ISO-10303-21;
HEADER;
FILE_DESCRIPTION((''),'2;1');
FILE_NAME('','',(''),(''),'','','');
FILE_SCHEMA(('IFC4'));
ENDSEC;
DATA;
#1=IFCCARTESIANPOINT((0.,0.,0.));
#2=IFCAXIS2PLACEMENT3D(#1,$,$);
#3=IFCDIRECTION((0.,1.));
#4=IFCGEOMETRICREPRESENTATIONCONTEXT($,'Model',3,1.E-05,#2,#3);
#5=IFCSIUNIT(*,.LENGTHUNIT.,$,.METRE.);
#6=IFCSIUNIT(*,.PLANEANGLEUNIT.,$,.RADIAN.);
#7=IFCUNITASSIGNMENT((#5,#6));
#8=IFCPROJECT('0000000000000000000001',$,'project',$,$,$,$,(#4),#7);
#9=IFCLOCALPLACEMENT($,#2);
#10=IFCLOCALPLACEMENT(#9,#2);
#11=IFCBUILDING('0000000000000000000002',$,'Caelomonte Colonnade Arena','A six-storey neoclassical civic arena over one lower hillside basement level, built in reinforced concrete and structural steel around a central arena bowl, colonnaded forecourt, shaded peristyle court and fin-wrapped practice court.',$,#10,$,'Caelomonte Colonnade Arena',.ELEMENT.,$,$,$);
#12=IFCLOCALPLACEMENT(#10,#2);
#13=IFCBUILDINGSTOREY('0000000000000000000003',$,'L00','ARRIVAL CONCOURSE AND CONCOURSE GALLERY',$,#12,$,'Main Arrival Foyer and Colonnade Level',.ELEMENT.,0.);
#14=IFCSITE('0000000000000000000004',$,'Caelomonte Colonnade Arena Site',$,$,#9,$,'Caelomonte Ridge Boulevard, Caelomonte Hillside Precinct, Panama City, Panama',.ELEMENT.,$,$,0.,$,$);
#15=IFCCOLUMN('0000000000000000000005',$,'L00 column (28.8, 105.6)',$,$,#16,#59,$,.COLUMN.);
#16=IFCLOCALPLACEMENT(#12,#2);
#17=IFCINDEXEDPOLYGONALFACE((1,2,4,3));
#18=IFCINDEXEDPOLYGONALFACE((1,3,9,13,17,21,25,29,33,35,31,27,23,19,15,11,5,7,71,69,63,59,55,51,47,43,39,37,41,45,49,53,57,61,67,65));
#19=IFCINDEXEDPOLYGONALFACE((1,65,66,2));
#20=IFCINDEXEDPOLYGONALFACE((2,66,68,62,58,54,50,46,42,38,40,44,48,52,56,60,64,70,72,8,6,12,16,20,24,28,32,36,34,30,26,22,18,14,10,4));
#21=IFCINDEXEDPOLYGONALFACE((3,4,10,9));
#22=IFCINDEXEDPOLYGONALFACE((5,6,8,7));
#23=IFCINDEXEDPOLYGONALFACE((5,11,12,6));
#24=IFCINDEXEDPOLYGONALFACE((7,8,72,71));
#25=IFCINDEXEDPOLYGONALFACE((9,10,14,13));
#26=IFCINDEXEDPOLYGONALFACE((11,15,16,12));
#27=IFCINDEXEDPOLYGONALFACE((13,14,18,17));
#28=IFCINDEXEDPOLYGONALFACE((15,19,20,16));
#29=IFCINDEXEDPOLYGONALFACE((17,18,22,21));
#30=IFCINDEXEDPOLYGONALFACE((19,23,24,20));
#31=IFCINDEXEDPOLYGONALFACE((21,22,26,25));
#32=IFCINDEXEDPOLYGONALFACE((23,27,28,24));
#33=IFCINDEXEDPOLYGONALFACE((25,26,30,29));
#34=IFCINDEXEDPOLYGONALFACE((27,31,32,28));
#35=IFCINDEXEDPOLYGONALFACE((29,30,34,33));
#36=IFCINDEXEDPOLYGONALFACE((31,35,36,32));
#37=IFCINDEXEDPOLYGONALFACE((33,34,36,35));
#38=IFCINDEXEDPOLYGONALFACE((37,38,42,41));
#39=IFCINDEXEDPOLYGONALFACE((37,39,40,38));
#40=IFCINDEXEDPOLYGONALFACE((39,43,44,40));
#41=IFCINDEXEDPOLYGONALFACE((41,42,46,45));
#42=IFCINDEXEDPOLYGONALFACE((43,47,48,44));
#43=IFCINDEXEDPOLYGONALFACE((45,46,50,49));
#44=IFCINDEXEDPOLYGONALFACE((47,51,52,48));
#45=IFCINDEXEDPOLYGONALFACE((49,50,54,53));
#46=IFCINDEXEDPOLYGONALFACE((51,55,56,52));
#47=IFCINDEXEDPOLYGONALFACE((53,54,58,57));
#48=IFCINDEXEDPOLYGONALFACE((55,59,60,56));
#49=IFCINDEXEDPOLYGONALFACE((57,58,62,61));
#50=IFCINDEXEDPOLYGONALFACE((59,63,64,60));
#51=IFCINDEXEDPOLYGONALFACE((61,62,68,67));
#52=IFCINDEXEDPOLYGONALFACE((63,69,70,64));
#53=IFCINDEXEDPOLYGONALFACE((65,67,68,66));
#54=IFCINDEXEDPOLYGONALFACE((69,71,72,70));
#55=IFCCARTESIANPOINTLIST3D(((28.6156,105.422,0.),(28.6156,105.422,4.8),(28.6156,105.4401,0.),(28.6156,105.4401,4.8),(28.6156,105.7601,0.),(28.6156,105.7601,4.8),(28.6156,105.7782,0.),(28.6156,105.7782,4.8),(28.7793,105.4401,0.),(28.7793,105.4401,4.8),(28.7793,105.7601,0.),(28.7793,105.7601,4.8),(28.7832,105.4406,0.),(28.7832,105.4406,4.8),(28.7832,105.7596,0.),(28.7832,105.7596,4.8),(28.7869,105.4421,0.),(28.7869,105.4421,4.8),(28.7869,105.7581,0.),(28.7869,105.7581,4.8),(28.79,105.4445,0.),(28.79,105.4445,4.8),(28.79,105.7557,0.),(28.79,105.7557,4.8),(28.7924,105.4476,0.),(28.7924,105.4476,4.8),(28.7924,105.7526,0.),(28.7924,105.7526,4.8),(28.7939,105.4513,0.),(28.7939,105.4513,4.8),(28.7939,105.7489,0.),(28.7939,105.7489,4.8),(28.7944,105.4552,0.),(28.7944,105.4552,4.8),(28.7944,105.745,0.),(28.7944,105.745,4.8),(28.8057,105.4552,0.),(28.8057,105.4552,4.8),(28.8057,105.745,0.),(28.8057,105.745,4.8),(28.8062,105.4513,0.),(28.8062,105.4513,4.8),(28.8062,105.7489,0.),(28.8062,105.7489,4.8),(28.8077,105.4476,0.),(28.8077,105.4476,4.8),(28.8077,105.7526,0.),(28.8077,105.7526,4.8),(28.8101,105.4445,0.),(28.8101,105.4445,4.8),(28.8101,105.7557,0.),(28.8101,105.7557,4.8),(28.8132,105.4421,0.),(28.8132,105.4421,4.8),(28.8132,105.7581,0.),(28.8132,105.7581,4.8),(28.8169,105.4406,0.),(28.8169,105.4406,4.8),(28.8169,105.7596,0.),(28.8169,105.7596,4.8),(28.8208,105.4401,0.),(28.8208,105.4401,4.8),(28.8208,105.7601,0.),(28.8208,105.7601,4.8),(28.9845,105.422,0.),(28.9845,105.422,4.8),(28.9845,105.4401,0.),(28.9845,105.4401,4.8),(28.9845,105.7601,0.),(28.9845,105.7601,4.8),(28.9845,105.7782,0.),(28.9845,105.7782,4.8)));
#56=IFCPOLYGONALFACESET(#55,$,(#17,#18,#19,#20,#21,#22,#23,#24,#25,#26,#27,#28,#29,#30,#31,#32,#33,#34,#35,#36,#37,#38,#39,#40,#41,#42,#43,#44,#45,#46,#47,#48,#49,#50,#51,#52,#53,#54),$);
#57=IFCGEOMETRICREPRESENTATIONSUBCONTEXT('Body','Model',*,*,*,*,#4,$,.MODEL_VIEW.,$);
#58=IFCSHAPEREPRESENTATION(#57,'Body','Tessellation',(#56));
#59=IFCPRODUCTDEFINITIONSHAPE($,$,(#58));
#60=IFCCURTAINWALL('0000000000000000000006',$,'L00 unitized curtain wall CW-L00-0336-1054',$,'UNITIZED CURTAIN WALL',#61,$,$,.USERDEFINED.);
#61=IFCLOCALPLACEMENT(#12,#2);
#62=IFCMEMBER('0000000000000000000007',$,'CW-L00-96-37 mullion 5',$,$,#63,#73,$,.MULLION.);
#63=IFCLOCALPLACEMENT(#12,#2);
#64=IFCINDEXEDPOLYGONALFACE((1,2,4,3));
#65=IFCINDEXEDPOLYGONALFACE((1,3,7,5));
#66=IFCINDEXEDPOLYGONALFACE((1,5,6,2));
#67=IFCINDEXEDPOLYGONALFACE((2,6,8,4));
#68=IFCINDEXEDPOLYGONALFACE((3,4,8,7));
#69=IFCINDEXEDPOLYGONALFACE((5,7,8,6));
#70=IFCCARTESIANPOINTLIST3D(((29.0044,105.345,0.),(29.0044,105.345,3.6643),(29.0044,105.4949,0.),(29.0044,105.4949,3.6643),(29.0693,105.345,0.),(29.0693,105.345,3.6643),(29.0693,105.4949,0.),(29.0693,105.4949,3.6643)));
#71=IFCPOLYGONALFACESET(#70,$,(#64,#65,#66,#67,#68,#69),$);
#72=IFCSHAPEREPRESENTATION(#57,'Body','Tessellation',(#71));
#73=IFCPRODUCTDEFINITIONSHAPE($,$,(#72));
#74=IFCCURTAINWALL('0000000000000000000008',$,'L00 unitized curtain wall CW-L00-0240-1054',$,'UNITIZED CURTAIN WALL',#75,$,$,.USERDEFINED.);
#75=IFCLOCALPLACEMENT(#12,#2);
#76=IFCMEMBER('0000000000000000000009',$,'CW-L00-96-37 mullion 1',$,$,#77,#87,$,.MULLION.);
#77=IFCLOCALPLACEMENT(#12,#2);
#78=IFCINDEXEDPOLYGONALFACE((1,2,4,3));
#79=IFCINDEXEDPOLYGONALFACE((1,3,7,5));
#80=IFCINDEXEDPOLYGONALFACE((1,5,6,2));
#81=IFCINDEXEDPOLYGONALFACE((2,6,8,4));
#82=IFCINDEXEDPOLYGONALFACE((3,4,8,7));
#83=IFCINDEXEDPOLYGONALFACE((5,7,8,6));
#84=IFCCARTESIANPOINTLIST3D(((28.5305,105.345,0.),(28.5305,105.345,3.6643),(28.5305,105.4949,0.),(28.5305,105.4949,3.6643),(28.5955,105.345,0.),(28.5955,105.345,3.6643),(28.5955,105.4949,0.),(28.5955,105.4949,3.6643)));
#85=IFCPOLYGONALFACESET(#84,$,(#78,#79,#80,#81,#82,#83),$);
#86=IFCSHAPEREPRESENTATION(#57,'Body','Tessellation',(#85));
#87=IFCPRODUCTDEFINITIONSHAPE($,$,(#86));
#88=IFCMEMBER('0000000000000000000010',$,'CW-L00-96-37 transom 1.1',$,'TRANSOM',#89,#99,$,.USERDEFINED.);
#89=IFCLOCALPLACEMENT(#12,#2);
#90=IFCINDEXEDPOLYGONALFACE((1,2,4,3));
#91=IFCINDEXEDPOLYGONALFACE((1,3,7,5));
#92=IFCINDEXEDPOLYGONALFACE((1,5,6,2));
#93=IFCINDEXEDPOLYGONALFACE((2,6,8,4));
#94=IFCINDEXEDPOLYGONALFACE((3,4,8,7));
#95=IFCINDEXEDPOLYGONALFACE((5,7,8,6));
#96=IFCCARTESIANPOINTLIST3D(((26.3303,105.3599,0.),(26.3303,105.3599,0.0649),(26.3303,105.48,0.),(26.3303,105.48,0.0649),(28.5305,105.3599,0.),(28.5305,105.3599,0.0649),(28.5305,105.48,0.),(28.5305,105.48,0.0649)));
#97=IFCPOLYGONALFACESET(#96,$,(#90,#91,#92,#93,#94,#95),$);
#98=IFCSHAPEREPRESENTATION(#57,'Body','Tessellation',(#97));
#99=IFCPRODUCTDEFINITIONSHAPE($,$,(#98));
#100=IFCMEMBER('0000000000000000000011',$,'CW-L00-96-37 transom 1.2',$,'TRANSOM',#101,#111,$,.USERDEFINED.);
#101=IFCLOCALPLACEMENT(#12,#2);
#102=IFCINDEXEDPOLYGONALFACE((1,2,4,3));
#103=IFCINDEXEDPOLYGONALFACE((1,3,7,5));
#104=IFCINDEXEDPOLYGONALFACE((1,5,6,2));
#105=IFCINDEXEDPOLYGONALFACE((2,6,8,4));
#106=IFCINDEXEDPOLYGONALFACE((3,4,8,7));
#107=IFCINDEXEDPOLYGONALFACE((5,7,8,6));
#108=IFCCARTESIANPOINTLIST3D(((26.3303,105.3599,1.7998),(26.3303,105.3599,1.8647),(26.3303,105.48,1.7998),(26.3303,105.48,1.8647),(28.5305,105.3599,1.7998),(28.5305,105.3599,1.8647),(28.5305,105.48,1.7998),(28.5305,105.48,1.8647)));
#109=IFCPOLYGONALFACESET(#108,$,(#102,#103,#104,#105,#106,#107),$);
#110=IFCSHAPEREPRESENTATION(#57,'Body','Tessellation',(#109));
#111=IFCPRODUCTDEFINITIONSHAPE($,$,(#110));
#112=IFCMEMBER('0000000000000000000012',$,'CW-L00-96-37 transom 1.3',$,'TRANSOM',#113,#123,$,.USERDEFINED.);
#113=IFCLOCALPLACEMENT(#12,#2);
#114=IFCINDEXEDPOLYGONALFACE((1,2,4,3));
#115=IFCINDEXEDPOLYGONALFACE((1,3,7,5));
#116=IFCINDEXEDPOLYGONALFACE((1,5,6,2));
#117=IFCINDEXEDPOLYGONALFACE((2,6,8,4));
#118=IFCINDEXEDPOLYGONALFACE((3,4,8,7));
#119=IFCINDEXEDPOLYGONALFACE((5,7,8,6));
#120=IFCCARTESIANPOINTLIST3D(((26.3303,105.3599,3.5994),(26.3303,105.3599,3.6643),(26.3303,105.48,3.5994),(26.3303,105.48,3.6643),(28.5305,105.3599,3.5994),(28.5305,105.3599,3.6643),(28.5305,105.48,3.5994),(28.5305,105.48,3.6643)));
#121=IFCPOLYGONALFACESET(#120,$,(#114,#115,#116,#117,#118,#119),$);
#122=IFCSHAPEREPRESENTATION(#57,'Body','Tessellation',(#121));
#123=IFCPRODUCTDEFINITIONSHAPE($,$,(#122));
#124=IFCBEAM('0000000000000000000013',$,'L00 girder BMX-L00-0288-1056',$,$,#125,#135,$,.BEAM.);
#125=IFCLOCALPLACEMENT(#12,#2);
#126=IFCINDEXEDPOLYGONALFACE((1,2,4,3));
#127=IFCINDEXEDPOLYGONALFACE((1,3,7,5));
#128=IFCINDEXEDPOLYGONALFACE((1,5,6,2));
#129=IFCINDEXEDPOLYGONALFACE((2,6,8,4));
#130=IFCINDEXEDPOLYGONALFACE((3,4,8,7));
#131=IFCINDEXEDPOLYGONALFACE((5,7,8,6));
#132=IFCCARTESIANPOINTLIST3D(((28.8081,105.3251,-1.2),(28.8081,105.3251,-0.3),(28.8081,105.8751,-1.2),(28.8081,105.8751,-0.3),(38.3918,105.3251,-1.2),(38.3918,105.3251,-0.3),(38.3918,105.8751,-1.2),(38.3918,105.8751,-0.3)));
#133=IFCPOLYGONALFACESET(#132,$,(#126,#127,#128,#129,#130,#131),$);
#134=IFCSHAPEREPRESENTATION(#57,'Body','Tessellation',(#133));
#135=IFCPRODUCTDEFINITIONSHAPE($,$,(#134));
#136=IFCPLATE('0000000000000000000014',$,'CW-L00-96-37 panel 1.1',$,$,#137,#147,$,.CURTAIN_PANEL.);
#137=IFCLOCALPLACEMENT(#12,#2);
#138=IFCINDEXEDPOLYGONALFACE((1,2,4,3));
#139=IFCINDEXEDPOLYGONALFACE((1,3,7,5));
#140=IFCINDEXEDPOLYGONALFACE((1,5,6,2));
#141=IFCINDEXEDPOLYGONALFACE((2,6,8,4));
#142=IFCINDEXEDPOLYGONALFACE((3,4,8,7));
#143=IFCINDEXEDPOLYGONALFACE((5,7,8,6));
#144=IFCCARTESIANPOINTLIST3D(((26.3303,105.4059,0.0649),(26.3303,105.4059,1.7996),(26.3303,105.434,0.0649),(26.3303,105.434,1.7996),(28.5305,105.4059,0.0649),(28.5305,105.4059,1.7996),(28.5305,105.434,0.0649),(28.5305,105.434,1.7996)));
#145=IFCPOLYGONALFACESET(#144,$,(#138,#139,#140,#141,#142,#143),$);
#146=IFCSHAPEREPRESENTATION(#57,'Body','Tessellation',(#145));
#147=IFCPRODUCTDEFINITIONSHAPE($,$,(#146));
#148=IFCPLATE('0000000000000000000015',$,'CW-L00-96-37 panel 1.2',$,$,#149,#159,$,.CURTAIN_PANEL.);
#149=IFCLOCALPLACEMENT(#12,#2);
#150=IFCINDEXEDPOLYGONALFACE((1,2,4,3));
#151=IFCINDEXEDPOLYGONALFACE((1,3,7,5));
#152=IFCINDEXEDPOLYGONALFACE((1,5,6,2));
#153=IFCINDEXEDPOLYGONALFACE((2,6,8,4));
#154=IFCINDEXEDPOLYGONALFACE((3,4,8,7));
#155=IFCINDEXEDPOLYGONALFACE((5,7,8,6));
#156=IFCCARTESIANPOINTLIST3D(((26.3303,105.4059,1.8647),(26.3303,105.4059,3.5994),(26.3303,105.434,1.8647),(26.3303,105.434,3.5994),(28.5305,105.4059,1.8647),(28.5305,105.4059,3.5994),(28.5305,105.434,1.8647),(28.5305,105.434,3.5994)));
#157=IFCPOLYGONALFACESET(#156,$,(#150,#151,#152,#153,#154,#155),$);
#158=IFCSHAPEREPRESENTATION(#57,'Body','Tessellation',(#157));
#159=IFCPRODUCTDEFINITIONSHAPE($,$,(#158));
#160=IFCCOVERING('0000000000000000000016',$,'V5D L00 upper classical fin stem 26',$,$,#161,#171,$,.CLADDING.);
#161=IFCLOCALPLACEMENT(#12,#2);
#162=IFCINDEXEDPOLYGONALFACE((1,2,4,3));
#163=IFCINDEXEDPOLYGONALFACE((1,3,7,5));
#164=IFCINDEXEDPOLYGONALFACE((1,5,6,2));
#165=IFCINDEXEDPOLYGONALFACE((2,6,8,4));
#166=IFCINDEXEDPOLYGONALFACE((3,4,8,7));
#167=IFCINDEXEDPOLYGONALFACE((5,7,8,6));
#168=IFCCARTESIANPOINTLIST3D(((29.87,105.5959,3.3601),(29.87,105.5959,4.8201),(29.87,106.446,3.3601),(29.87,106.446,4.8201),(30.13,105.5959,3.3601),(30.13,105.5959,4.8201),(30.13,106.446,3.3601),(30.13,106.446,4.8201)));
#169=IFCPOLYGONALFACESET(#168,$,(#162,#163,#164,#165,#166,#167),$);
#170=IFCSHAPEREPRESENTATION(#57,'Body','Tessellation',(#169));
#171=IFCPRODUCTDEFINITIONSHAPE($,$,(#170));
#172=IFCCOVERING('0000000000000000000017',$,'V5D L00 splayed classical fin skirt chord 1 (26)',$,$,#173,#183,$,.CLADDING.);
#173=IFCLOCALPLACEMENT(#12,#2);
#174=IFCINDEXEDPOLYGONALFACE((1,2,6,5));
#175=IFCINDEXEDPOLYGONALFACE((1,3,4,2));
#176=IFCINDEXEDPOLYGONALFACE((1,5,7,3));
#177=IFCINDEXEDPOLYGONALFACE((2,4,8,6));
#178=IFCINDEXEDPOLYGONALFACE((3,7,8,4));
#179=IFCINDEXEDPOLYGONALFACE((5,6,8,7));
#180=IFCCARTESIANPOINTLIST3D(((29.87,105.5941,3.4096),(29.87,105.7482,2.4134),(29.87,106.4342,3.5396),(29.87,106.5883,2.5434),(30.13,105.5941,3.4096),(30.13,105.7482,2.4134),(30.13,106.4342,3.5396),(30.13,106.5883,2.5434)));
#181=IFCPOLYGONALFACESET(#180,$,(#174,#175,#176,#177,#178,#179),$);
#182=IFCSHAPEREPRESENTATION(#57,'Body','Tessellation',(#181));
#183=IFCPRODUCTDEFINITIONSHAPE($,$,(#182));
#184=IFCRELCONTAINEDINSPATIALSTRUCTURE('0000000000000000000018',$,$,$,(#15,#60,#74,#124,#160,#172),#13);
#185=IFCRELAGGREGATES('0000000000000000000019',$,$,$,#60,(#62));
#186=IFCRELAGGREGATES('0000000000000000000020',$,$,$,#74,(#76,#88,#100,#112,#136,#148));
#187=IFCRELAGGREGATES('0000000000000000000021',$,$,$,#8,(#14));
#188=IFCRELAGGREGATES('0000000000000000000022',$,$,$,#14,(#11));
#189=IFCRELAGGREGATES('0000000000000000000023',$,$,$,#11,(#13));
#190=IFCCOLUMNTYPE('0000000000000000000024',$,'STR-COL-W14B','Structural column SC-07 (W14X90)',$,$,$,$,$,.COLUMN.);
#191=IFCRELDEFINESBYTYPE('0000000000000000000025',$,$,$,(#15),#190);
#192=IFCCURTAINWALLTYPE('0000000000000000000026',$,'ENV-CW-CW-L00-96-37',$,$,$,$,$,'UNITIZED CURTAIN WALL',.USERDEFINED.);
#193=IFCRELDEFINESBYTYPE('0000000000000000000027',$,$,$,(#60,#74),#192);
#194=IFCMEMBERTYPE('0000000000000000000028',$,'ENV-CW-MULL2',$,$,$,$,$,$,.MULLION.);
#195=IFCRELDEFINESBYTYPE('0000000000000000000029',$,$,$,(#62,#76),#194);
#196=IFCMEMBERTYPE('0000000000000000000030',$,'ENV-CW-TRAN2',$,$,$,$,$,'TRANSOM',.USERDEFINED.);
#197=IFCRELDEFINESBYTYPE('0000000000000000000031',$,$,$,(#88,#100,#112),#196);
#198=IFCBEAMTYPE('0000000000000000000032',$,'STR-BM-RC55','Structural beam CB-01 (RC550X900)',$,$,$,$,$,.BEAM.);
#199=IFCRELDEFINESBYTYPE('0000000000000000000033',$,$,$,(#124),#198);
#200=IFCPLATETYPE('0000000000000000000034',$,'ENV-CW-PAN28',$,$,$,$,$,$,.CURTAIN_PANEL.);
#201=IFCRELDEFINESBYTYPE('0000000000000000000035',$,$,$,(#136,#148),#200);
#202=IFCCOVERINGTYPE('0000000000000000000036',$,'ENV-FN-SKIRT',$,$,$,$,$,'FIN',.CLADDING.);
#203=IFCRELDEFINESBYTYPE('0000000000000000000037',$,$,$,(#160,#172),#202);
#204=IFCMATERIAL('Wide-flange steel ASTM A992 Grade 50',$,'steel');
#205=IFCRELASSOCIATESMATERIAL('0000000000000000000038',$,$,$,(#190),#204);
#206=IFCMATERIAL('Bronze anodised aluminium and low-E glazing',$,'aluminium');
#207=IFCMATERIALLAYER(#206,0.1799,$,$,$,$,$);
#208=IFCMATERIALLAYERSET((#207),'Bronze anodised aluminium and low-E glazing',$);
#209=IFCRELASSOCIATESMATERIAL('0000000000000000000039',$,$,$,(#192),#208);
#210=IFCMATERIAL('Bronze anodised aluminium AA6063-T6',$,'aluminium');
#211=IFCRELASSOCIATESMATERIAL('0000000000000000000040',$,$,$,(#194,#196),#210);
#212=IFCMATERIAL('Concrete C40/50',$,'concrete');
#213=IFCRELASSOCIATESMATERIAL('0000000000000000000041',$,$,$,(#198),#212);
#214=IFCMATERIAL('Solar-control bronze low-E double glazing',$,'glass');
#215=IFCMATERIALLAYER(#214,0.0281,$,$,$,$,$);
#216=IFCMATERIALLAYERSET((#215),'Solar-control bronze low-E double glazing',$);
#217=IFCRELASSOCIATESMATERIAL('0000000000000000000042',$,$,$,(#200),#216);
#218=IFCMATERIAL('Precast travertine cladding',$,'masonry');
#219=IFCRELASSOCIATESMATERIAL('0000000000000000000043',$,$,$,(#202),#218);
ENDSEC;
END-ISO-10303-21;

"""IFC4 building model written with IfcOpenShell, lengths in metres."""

from ifc_helpers import new_model, si_unit, direction, frame, origin, origin_2d, place, context, subcontext, project, spatial, rectangle, i_section, extrude, material, layer, layer_set, material_profile, profile_set, type_object, element, aggregate, save


model = new_model("IFC4")

# Units and contexts
model_context = context("Model", 3, precision=1e-05, world=origin(), true_north=direction((0.0, 1.0)))
body_context = subcontext(model_context, "Body", "Model", "MODEL_VIEW")
ifc_project = project(units=[si_unit("LENGTHUNIT", "METRE"), si_unit("PLANEANGLEUNIT", "RADIAN")], contexts=[model_context])

# Site, building, storey
site_placement = place(None, origin())
site = spatial("IfcSite", under=ifc_project, at=site_placement, Name="Caelomonte Colonnade Arena Site", LongName="Caelomonte Ridge Boulevard, Caelomonte Hillside Precinct, Panama City, Panama", CompositionType="ELEMENT", RefElevation=0.0)
building_placement = place(site_placement, origin())
building = spatial("IfcBuilding", under=site, at=building_placement, Name="Caelomonte Colonnade Arena", Description="A six-storey neoclassical civic arena over one lower hillside basement level, built in reinforced concrete and structural steel around a central arena bowl, colonnaded forecourt, shaded peristyle court and fin-wrapped practice court.", LongName="Caelomonte Colonnade Arena", CompositionType="ELEMENT")
storey_placement = place(building_placement, origin())
storey = spatial("IfcBuildingStorey", under=building, at=storey_placement, Name="L00", Description="ARRIVAL CONCOURSE AND CONCOURSE GALLERY", LongName="Main Arrival Foyer and Colonnade Level", CompositionType="ELEMENT", Elevation=0.0)

# Column
ifc_material_1 = material(Name="Wide-flange steel ASTM A992 Grade 50", Category="steel")
ifc_material_profile_1 = material_profile(ifc_material_1, i_section(OverallWidth=0.3689, OverallDepth=0.3562, WebThickness=0.0112, FlangeThickness=0.0181, FilletRadius=0.0151, at=origin_2d()), Name="W14X90")
ifc_profile_set_1 = profile_set([ifc_material_profile_1], Name="Wide-flange steel ASTM A992 Grade 50")
column_type = type_object("IfcColumnType", Name="STR-COL-W14B", Description="Structural column SC-07 (W14X90)", PredefinedType="COLUMN", material=ifc_profile_set_1)
column_placement = place(storey_placement, frame((28.8, 105.6001, 0.0), z_axis=(0.0, 0.0, 1.0), x_axis=(1.0, 0.0, 0.0)))
element("IfcColumn", 1, at=column_placement, inside=storey, type_object=column_type, Name="L00 column (28.8, 105.6)", PredefinedType="COLUMN", context=body_context, shape_type="SweptSolid", body=[
    extrude(i_section(OverallWidth=0.3689, OverallDepth=0.3562, WebThickness=0.0112, FlangeThickness=0.0181, FilletRadius=0.0151, at=origin_2d()), origin(), (0.0, 0.0, 1.0), 4.8),
])

# Curtain wall, member
ifc_material_2 = material(Name="Bronze anodised aluminium and low-E glazing", Category="aluminium")
ifc_layer_1 = layer(ifc_material_2, 0.1799)
ifc_layer_set_1 = layer_set([ifc_layer_1], Name="Bronze anodised aluminium and low-E glazing")
curtain_wall_type = type_object("IfcCurtainWallType", Name="ENV-CW-CW-L00-96-37", ElementType="UNITIZED CURTAIN WALL", PredefinedType="USERDEFINED", material=ifc_layer_set_1)
curtain_wall_1_placement = place(storey_placement, origin())
curtain_wall_1 = element("IfcCurtainWall", 2, at=curtain_wall_1_placement, inside=storey, type_object=curtain_wall_type, Name="L00 unitized curtain wall CW-L00-0336-1054", ObjectType="UNITIZED CURTAIN WALL", PredefinedType="USERDEFINED")
ifc_material_3 = material(Name="Bronze anodised aluminium AA6063-T6", Category="aluminium")
ifc_material_profile_2 = material_profile(ifc_material_3, rectangle(XDim=0.0649, YDim=0.1499, at=origin_2d()), Name="CWM-65X150")
ifc_profile_set_2 = profile_set([ifc_material_profile_2], Name="Bronze anodised aluminium AA6063-T6")
member_type_1 = type_object("IfcMemberType", Name="ENV-CW-MULL2", PredefinedType="MULLION", material=ifc_profile_set_2)
member_1_placement = place(storey_placement, frame((29.0369, 105.4199, 0.0), z_axis=(0.0, 0.0, 1.0), x_axis=(-1.0, 0.0, 0.0)))
member_1 = element("IfcMember", 3, at=member_1_placement, type_object=member_type_1, Name="CW-L00-96-37 mullion 5", PredefinedType="MULLION", context=body_context, shape_type="SweptSolid", body=[
    extrude(rectangle(XDim=0.0649, YDim=0.1499, at=origin_2d()), origin(), (0.0, 0.0, 1.0), 3.6643),
])
aggregate(curtain_wall_1, [member_1])

# Curtain wall, members
curtain_wall_2_placement = place(storey_placement, origin())
curtain_wall_2 = element("IfcCurtainWall", 4, at=curtain_wall_2_placement, inside=storey, type_object=curtain_wall_type, Name="L00 unitized curtain wall CW-L00-0240-1054", ObjectType="UNITIZED CURTAIN WALL", PredefinedType="USERDEFINED")
member_2_placement = place(storey_placement, frame((28.563, 105.4199, 0.0), z_axis=(0.0, 0.0, 1.0), x_axis=(-1.0, 0.0, 0.0)))
member_2 = element("IfcMember", 5, at=member_2_placement, type_object=member_type_1, Name="CW-L00-96-37 mullion 1", PredefinedType="MULLION", context=body_context, shape_type="SweptSolid", body=[
    extrude(rectangle(XDim=0.0649, YDim=0.1499, at=origin_2d()), origin(), (0.0, 0.0, 1.0), 3.6643),
])
ifc_material_profile_3 = material_profile(ifc_material_3, rectangle(XDim=0.0649, YDim=0.1201, at=origin_2d()), Name="CWT-65X120")
ifc_profile_set_3 = profile_set([ifc_material_profile_3], Name="Bronze anodised aluminium AA6063-T6")
member_type_2 = type_object("IfcMemberType", Name="ENV-CW-TRAN2", ElementType="TRANSOM", PredefinedType="USERDEFINED", material=ifc_profile_set_3)
member_3_placement = place(storey_placement, frame((28.5305, 105.4199, 0.0325), z_axis=(-1.0, 0.0, 0.0), x_axis=(0.0, 0.0, 1.0)))
member_3 = element("IfcMember", 6, at=member_3_placement, type_object=member_type_2, Name="CW-L00-96-37 transom 1.1", ObjectType="TRANSOM", PredefinedType="USERDEFINED", context=body_context, shape_type="SweptSolid", body=[
    extrude(rectangle(XDim=0.0649, YDim=0.1201, at=origin_2d()), origin(), (0.0, 0.0, 1.0), 2.2002),
])
member_4_placement = place(storey_placement, frame((28.5305, 105.4199, 1.8323), z_axis=(-1.0, 0.0, 0.0), x_axis=(0.0, 0.0, 1.0)))
member_4 = element("IfcMember", 7, at=member_4_placement, type_object=member_type_2, Name="CW-L00-96-37 transom 1.2", ObjectType="TRANSOM", PredefinedType="USERDEFINED", context=body_context, shape_type="SweptSolid", body=[
    extrude(rectangle(XDim=0.0649, YDim=0.1201, at=origin_2d()), origin(), (0.0, 0.0, 1.0), 2.2002),
])
member_5_placement = place(storey_placement, frame((28.5305, 105.4199, 3.6318), z_axis=(-1.0, 0.0, 0.0), x_axis=(0.0, 0.0, 1.0)))
member_5 = element("IfcMember", 8, at=member_5_placement, type_object=member_type_2, Name="CW-L00-96-37 transom 1.3", ObjectType="TRANSOM", PredefinedType="USERDEFINED", context=body_context, shape_type="SweptSolid", body=[
    extrude(rectangle(XDim=0.0649, YDim=0.1201, at=origin_2d()), origin(), (0.0, 0.0, 1.0), 2.2002),
])

# Beam
ifc_material_4 = material(Name="Concrete C40/50", Category="concrete")
ifc_material_profile_4 = material_profile(ifc_material_4, rectangle(XDim=0.55, YDim=0.8999, at=origin_2d()), Name="RC550X900")
ifc_profile_set_4 = profile_set([ifc_material_profile_4], Name="Concrete C40/50")
beam_type = type_object("IfcBeamType", Name="STR-BM-RC55", Description="Structural beam CB-01 (RC550X900)", PredefinedType="BEAM", material=ifc_profile_set_4)
beam_placement = place(storey_placement, frame((28.8081, 105.6001, -0.75), z_axis=(1.0, 0.0, 0.0), x_axis=(0.0, 1.0, 0.0)))
element("IfcBeam", 9, at=beam_placement, inside=storey, type_object=beam_type, Name="L00 girder BMX-L00-0288-1056", PredefinedType="BEAM", context=body_context, shape_type="SweptSolid", body=[
    extrude(rectangle(XDim=0.55, YDim=0.8999, at=origin_2d()), origin(), (0.0, 0.0, 1.0), 9.5837),
])

# Plates
ifc_material_5 = material(Name="Solar-control bronze low-E double glazing", Category="glass")
ifc_layer_2 = layer(ifc_material_5, 0.0281)
ifc_layer_set_2 = layer_set([ifc_layer_2], Name="Solar-control bronze low-E double glazing")
plate_type = type_object("IfcPlateType", Name="ENV-CW-PAN28", PredefinedType="CURTAIN_PANEL", material=ifc_layer_set_2)
plate_1_placement = place(storey_placement, frame((27.4304, 105.4199, 0.0649), z_axis=(0.0, 0.0, 1.0), x_axis=(-1.0, 0.0, 0.0)))
plate_1 = element("IfcPlate", 10, at=plate_1_placement, type_object=plate_type, Name="CW-L00-96-37 panel 1.1", PredefinedType="CURTAIN_PANEL", context=body_context, shape_type="SweptSolid", body=[
    extrude(rectangle(XDim=2.2002, YDim=0.0281, at=origin_2d()), origin(), (0.0, 0.0, 1.0), 1.7346),
])
plate_2_placement = place(storey_placement, frame((27.4304, 105.4199, 1.8647), z_axis=(0.0, 0.0, 1.0), x_axis=(-1.0, 0.0, 0.0)))
plate_2 = element("IfcPlate", 11, at=plate_2_placement, type_object=plate_type, Name="CW-L00-96-37 panel 1.2", PredefinedType="CURTAIN_PANEL", context=body_context, shape_type="SweptSolid", body=[
    extrude(rectangle(XDim=2.2002, YDim=0.0281, at=origin_2d()), origin(), (0.0, 0.0, 1.0), 1.7346),
])
aggregate(curtain_wall_2, [member_2, member_3, member_4, member_5, plate_1, plate_2])

# Coverings
ifc_material_6 = material(Name="Precast travertine cladding", Category="masonry")
ifc_material_profile_5 = material_profile(ifc_material_6, rectangle(XDim=0.26, YDim=0.8501, at=origin_2d()), Name="FIN260X850")
ifc_profile_set_5 = profile_set([ifc_material_profile_5], Name="Precast travertine cladding")
covering_type = type_object("IfcCoveringType", Name="ENV-FN-SKIRT", ElementType="FIN", PredefinedType="CLADDING", material=ifc_profile_set_5)
covering_1_placement = place(storey_placement, frame((30.0, 106.021, 3.3601), z_axis=(0.0, 0.0, 1.0), x_axis=(1.0, 0.0, 0.0)))
element("IfcCovering", 12, at=covering_1_placement, inside=storey, type_object=covering_type, Name="V5D L00 upper classical fin stem 26", PredefinedType="CLADDING", context=body_context, shape_type="SweptSolid", body=[
    extrude(rectangle(XDim=0.26, YDim=0.8501, at=origin_2d()), origin(), (0.0, 0.0, 1.0), 1.46),
])
for number, where, z_axis, x_axis, name in (
    (13, (30.0, 106.0142, 3.4746), (0.0, 0.15284, -0.988251), (-1.0, 0.0, 0.0), "V5D L00 splayed classical fin skirt chord 1 (26)"),
):
    element("IfcCovering", number, at=place(storey_placement, frame(where, z_axis=z_axis, x_axis=x_axis)), inside=storey, type_object=covering_type, Name=name, PredefinedType="CLADDING", context=body_context, shape_type="SweptSolid", body=[
        extrude(rectangle(XDim=0.26, YDim=0.8501, at=origin_2d()), origin(), (0.0, 0.0, 1.0), 1.0081),
    ])

save(model, "model.ifc")
